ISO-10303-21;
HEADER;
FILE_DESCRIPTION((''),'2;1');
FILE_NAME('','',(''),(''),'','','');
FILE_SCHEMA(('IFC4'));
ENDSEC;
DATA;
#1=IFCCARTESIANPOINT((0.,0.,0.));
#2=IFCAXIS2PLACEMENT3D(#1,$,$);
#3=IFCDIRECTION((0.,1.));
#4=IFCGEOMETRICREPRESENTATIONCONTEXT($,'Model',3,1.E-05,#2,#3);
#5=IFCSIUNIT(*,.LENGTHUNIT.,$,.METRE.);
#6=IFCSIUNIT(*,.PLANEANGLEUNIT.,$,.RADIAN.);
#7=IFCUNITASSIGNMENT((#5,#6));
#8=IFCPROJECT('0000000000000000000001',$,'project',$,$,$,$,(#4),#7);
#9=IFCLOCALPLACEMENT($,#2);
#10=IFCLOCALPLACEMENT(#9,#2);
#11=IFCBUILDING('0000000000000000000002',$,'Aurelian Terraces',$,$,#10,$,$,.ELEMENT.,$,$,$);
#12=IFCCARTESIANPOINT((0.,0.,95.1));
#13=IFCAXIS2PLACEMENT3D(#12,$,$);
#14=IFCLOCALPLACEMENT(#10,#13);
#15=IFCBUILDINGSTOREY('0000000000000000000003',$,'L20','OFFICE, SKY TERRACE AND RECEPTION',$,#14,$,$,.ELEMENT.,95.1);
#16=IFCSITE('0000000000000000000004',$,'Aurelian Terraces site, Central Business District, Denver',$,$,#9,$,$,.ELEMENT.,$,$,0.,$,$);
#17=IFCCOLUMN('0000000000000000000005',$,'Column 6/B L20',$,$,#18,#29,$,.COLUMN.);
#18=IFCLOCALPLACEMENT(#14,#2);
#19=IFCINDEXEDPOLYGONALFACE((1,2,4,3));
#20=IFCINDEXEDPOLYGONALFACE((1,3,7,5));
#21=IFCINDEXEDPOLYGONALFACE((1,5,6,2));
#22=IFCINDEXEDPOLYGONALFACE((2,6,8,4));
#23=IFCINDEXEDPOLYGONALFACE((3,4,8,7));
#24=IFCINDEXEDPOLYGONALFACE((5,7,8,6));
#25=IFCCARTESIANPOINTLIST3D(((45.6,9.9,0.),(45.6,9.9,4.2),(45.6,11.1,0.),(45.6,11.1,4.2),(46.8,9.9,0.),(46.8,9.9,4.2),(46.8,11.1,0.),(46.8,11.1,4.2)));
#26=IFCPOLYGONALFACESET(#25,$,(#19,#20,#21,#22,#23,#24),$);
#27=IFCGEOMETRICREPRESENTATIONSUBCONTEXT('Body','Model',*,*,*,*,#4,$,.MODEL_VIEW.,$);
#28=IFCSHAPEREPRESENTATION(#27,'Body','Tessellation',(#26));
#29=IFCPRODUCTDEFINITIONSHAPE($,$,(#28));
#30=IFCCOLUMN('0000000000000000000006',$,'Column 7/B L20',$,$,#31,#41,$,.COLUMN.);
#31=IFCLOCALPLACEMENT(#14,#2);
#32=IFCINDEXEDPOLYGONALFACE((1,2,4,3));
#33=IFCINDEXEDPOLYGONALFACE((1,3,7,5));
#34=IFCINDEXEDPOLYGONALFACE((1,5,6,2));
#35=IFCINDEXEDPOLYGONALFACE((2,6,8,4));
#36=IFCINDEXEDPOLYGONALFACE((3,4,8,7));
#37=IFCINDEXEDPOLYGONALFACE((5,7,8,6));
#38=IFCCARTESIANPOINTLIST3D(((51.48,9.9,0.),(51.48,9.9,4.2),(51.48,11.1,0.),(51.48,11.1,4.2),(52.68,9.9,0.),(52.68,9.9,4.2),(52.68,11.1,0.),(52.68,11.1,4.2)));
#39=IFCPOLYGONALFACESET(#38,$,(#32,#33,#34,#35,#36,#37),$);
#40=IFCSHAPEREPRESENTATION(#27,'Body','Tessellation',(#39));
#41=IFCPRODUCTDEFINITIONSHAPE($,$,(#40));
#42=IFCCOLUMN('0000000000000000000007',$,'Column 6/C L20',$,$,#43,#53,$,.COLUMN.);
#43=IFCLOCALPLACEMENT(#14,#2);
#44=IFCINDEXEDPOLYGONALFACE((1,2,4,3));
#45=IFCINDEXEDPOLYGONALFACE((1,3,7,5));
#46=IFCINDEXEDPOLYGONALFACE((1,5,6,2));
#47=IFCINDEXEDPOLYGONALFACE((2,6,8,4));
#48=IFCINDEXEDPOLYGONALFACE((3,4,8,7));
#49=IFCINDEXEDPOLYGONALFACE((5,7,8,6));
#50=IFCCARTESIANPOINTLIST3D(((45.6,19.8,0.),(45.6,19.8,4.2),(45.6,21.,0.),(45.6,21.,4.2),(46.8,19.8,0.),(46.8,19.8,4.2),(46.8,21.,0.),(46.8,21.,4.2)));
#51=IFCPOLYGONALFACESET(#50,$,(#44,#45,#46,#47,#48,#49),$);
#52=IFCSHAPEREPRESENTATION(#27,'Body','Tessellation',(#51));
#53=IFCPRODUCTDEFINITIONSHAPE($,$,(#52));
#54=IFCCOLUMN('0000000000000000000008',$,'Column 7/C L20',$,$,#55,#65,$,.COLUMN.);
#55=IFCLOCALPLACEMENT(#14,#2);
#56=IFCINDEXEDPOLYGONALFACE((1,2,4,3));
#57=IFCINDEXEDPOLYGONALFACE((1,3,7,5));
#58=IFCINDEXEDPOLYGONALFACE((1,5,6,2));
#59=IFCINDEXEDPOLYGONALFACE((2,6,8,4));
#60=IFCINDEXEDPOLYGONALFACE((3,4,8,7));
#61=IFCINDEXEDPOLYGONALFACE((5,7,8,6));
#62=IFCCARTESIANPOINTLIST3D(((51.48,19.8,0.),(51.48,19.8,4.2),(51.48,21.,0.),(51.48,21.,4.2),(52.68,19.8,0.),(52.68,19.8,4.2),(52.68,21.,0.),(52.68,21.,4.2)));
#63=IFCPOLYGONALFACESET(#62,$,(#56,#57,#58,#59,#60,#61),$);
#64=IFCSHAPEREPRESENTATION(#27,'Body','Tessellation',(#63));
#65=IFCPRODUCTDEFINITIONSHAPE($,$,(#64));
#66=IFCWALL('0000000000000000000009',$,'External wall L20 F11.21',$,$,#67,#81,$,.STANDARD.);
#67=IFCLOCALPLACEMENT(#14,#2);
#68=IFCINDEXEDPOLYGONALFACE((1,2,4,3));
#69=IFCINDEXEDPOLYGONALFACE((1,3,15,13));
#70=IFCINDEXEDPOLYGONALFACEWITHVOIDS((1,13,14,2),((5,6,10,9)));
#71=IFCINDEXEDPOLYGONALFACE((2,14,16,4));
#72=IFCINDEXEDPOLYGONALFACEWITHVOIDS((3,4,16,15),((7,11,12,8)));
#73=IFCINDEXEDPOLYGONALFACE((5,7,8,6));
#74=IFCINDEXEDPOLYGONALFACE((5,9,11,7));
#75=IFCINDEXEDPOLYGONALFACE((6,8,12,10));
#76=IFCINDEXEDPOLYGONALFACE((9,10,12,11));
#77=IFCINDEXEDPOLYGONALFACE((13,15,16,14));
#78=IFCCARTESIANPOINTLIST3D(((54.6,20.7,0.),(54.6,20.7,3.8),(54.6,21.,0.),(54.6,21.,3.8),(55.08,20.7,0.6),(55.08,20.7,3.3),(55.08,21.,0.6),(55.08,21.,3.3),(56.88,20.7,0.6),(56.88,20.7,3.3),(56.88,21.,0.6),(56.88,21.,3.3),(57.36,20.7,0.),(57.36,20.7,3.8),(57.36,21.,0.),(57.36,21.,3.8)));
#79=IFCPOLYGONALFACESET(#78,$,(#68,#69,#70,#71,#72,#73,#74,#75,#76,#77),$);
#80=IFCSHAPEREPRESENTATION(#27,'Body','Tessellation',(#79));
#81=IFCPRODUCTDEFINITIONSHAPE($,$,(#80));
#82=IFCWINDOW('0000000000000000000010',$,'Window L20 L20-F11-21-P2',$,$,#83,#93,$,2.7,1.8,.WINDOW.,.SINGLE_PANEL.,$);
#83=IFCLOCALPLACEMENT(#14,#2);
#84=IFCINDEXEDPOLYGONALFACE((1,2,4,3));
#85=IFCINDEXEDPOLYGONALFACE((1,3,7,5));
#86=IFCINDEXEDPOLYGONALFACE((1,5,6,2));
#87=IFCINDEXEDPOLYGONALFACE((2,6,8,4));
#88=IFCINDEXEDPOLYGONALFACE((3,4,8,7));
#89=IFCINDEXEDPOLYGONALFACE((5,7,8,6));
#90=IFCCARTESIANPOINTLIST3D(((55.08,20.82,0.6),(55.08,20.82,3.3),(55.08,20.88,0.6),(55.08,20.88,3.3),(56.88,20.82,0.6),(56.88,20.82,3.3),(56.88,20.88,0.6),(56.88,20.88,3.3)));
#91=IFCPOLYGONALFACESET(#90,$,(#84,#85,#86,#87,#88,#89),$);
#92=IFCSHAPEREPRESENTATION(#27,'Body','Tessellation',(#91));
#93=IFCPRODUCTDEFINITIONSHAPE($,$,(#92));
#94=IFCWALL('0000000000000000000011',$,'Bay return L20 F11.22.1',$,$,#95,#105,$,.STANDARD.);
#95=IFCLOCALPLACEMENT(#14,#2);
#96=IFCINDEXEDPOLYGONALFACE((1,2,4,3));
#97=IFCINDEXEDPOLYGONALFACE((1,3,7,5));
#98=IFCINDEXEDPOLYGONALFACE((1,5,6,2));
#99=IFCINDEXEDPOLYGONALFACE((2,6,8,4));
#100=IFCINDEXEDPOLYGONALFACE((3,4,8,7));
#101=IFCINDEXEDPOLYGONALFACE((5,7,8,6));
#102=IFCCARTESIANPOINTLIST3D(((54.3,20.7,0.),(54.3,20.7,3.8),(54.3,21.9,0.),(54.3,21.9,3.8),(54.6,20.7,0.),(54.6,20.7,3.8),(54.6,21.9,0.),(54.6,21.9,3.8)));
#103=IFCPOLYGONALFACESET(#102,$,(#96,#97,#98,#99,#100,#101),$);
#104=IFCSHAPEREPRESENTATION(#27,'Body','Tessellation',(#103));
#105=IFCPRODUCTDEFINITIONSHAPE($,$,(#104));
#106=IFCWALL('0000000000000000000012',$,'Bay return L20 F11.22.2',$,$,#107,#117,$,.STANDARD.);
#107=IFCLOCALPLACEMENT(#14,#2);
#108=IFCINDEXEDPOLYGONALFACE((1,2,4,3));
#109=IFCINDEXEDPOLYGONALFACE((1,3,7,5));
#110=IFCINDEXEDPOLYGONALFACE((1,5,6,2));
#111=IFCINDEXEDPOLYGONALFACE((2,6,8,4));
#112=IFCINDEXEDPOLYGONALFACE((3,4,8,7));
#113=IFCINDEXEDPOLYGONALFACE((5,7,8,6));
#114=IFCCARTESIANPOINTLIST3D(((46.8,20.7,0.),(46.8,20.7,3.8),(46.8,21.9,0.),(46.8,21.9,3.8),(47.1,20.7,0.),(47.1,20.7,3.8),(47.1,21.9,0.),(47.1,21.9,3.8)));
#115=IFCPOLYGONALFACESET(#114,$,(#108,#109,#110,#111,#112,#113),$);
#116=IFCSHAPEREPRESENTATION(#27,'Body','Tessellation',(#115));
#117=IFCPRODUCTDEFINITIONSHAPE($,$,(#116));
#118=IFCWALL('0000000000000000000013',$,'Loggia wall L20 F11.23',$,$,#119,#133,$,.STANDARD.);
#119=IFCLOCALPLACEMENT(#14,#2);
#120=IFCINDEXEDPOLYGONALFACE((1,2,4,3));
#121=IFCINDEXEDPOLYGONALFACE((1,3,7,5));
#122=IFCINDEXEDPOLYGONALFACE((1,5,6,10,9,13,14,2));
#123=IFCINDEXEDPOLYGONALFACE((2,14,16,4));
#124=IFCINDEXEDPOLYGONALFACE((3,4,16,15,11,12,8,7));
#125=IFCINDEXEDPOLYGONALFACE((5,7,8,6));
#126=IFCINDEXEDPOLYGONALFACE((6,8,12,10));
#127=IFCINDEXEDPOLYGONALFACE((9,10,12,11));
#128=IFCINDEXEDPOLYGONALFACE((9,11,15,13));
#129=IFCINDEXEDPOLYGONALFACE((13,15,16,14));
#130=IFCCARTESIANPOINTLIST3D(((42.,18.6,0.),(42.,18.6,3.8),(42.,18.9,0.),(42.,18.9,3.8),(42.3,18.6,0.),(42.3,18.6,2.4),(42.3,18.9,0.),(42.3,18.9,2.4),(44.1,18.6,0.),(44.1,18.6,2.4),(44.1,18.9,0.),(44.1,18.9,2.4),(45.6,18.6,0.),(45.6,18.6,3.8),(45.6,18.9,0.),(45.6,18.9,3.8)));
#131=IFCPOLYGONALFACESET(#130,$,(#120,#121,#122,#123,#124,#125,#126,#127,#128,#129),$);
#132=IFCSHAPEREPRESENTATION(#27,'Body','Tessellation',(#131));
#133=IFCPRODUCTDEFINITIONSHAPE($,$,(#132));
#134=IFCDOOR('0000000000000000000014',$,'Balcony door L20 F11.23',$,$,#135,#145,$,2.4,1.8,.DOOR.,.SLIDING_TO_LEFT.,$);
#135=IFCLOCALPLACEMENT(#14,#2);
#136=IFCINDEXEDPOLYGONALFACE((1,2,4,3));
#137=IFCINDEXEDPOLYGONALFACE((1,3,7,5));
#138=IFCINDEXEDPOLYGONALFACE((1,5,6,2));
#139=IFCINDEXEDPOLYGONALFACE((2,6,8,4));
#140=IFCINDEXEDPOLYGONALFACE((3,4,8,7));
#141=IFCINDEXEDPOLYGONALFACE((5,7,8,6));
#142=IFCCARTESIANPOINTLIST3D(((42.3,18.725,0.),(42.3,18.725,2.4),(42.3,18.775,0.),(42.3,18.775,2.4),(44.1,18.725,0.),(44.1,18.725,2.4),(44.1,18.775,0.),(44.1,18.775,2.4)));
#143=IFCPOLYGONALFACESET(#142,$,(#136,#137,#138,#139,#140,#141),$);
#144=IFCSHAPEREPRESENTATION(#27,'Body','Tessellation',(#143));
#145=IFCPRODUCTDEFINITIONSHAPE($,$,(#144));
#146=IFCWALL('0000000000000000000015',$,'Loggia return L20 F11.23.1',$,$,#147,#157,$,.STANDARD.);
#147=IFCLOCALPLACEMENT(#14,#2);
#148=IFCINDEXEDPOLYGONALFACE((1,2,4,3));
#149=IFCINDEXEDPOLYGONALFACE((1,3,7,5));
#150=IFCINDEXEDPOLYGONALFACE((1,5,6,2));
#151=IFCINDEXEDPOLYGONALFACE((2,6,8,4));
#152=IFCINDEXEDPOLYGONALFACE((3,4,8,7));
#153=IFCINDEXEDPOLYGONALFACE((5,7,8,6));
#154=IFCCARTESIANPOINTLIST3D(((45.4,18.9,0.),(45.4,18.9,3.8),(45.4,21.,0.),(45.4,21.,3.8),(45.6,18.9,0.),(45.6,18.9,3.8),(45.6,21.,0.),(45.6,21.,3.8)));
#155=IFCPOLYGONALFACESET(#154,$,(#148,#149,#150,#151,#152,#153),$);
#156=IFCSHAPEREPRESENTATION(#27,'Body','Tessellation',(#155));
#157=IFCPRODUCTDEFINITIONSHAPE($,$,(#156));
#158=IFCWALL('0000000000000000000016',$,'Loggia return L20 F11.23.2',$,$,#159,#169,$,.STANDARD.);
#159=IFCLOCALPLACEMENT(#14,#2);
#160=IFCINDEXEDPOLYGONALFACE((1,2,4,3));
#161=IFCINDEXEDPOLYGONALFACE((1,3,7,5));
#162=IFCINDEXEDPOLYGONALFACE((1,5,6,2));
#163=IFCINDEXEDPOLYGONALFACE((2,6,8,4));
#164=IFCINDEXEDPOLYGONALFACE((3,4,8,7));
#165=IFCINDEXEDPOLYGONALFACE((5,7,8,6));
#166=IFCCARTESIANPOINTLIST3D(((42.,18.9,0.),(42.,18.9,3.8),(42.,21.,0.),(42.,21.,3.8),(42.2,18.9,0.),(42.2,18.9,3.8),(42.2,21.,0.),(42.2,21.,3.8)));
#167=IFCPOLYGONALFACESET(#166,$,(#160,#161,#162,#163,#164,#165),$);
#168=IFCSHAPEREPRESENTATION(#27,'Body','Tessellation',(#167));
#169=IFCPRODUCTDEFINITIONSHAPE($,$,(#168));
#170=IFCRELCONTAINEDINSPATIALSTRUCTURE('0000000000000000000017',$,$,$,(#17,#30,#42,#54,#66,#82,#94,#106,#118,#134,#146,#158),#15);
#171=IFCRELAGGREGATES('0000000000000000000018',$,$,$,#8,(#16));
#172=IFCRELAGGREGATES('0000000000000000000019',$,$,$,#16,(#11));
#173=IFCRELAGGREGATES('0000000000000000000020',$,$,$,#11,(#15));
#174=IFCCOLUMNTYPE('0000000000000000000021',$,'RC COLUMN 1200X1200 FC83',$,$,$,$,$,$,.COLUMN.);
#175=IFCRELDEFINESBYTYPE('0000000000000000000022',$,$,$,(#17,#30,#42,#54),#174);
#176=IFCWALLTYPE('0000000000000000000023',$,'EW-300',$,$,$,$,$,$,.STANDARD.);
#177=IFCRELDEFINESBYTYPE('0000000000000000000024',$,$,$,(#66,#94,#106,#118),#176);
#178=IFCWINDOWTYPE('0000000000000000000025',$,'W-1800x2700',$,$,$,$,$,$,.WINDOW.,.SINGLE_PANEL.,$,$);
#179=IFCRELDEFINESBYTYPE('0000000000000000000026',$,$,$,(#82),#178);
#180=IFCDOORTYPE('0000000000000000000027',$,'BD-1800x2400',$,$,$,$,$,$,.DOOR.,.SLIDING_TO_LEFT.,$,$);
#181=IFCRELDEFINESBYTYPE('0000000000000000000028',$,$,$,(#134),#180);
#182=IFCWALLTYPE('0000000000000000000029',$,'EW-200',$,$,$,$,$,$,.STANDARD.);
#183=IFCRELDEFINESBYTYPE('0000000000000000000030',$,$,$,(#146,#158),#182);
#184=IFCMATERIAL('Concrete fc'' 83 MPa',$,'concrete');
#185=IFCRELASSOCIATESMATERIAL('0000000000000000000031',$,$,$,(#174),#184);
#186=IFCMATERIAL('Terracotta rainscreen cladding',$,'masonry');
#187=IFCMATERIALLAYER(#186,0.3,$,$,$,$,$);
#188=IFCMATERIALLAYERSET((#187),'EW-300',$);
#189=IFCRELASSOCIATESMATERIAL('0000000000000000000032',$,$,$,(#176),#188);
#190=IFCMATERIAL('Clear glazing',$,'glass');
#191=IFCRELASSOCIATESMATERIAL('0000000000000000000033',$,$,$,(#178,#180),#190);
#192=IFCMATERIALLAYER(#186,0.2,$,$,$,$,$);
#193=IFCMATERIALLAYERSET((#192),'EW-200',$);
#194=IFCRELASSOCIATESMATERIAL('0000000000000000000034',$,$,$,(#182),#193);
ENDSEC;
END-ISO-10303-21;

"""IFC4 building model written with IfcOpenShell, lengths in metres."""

from ifc_helpers import new_model, si_unit, direction, frame, frame_2d, origin, origin_2d, place, context, subcontext, project, spatial, rectangle, extrude, source, transform, mapped, material, layer, layer_set, material_profile, profile_set, type_object, element, fill, save


model = new_model("IFC4")

# Units and contexts
model_context = context("Model", 3, precision=1e-05, world=origin(), true_north=direction((0.0, 1.0)))
body_context = subcontext(model_context, "Body", "Model", "MODEL_VIEW")
ifc_project = project(units=[si_unit("LENGTHUNIT", "METRE"), si_unit("PLANEANGLEUNIT", "RADIAN")], contexts=[model_context])

# Site, building, storey
site_placement = place(None, origin())
site = spatial("IfcSite", under=ifc_project, at=site_placement, Name="Aurelian Terraces site, Central Business District, Denver", CompositionType="ELEMENT", RefElevation=0.0)
building_placement = place(site_placement, origin())
building = spatial("IfcBuilding", under=site, at=building_placement, Name="Aurelian Terraces", CompositionType="ELEMENT")
storey_placement = place(building_placement, frame((0.0, 0.0, 95.1)))
storey = spatial("IfcBuildingStorey", under=building, at=storey_placement, Name="L20", Description="OFFICE, SKY TERRACE AND RECEPTION", CompositionType="ELEMENT", Elevation=95.1)

# Columns
ifc_material_1 = material(Name="Concrete fc' 83 MPa", Category="concrete")
ifc_material_profile = material_profile(ifc_material_1, rectangle(XDim=1.2, YDim=1.2, at=origin_2d()))
ifc_profile_set = profile_set([ifc_material_profile], Name="Concrete fc' 83 MPa")
column_type = type_object("IfcColumnType", Name="RC COLUMN 1200X1200 FC83", PredefinedType="COLUMN", material=ifc_profile_set)
shared_shape_1 = source(origin(), body_context, "Body", "SweptSolid", [
    extrude(rectangle(XDim=1.2, YDim=1.2, at=origin_2d()), origin(), (0.0, 0.0, 1.0), 4.2),
])
for number, where, z_axis, x_axis, name in (
    (1, (46.2, 10.5, 0.0), (0.0, 0.0, 1.0), (1.0, 0.0, 0.0), "Column 6/B L20"),
    (2, (52.08, 10.5, 0.0), (0.0, 0.0, 1.0), (1.0, 0.0, 0.0), "Column 7/B L20"),
    (3, (46.2, 20.4, 0.0), (0.0, 0.0, 1.0), (1.0, 0.0, 0.0), "Column 6/C L20"),
    (4, (52.08, 20.4, 0.0), (0.0, 0.0, 1.0), (1.0, 0.0, 0.0), "Column 7/C L20"),
):
    element("IfcColumn", number, at=place(storey_placement, frame(where, z_axis=z_axis, x_axis=x_axis)), inside=storey, type_object=column_type, Name=name, PredefinedType="COLUMN", context=body_context, shape_type="MappedRepresentation", body=[
        mapped(shared_shape_1, transform((0.0, 0.0, 0.0), scale=1.0)),
    ])

# Wall, opening, window
ifc_material_2 = material(Name="Terracotta rainscreen cladding", Category="masonry")
ifc_layer_1 = layer(ifc_material_2, 0.3)
ifc_layer_set_1 = layer_set([ifc_layer_1], Name="EW-300")
wall_type_1 = type_object("IfcWallType", Name="EW-300", PredefinedType="STANDARD", material=ifc_layer_set_1)
shared_shape_2 = source(origin(), body_context, "Body", "SweptSolid", [
    extrude(rectangle(XDim=2.76, YDim=0.3, at=frame_2d((1.38, 0.0))), origin(), (0.0, 0.0, 1.0), 3.8),
])
wall_1_placement = place(storey_placement, frame((57.36, 20.85, 0.0), z_axis=(0.0, 0.0, 1.0), x_axis=(-1.0, 0.0, 0.0)))
wall_1 = element("IfcWall", 5, at=wall_1_placement, inside=storey, type_object=wall_type_1, Name="External wall L20 F11.21", PredefinedType="STANDARD", context=body_context, shape_type="MappedRepresentation", body=[
    mapped(shared_shape_2, transform((0.0, 0.0, 0.0), scale=1.0)),
])
shared_shape_3 = source(origin(), body_context, "Body", "SweptSolid", [
    extrude(rectangle(XDim=1.8, YDim=2.7, at=frame_2d((0.9, 1.35))), frame((0.0, 0.16, 0.0), z_axis=(0.0, -1.0, 0.0), x_axis=(1.0, 0.0, 0.0)), (0.0, 0.0, 1.0), 0.32),
])
opening_1_placement = place(wall_1_placement, frame((0.48, 0.0, 0.6)))
opening_1 = element("IfcOpeningElement", 6, at=opening_1_placement, cuts=wall_1, PredefinedType="OPENING", context=body_context, shape_type="MappedRepresentation", body=[
    mapped(shared_shape_3, transform((0.0, 0.0, 0.0), scale=1.0)),
])
ifc_material_3 = material(Name="Clear glazing", Category="glass")
window_type_1 = type_object("IfcWindowType", Name="W-1800x2700", PartitioningType="SINGLE_PANEL", PredefinedType="WINDOW", material=ifc_material_3)
shared_shape_4 = source(origin(), body_context, "Body", "SweptSolid", [
    extrude(rectangle(XDim=1.8, YDim=2.7, at=frame_2d((0.9, 1.35))), frame((0.0, 0.03, 0.0), z_axis=(0.0, -1.0, 0.0), x_axis=(1.0, 0.0, 0.0)), (0.0, 0.0, 1.0), 0.06),
])
window_1_placement = place(opening_1_placement, origin())
window_1 = element("IfcWindow", 7, at=window_1_placement, inside=storey, type_object=window_type_1, Name="Window L20 L20-F11-21-P2", OverallHeight=2.7, OverallWidth=1.8, PartitioningType="SINGLE_PANEL", PredefinedType="WINDOW", context=body_context, shape_type="MappedRepresentation", body=[
    mapped(shared_shape_4, transform((0.0, 0.0, 0.0), scale=1.0)),
])
fill(opening_1, window_1)

# Walls
shared_shape_5 = source(origin(), body_context, "Body", "SweptSolid", [
    extrude(rectangle(XDim=1.2, YDim=0.3, at=frame_2d((0.6, 0.0))), origin(), (0.0, 0.0, 1.0), 3.8),
])
for number, where, z_axis, x_axis, name in (
    (8, (54.45, 20.7, 0.0), (0.0, 0.0, 1.0), (0.0, 1.0, 0.0), "Bay return L20 F11.22.1"),
    (9, (46.95, 20.7, 0.0), (0.0, 0.0, 1.0), (0.0, 1.0, 0.0), "Bay return L20 F11.22.2"),
):
    element("IfcWall", number, at=place(storey_placement, frame(where, z_axis=z_axis, x_axis=x_axis)), inside=storey, type_object=wall_type_1, Name=name, PredefinedType="STANDARD", context=body_context, shape_type="MappedRepresentation", body=[
        mapped(shared_shape_5, transform((0.0, 0.0, 0.0), scale=1.0)),
    ])

# Wall, opening, door
shared_shape_6 = source(origin(), body_context, "Body", "SweptSolid", [
    extrude(rectangle(XDim=3.6, YDim=0.3, at=frame_2d((1.8, 0.0))), origin(), (0.0, 0.0, 1.0), 3.8),
])
wall_2_placement = place(storey_placement, frame((45.6, 18.75, 0.0), z_axis=(0.0, 0.0, 1.0), x_axis=(-1.0, 0.0, 0.0)))
wall_2 = element("IfcWall", 10, at=wall_2_placement, inside=storey, type_object=wall_type_1, Name="Loggia wall L20 F11.23", PredefinedType="STANDARD", context=body_context, shape_type="MappedRepresentation", body=[
    mapped(shared_shape_6, transform((0.0, 0.0, 0.0), scale=1.0)),
])
shared_shape_7 = source(origin(), body_context, "Body", "SweptSolid", [
    extrude(rectangle(XDim=1.8, YDim=2.4, at=frame_2d((0.9, 1.2))), frame((0.0, 0.16, 0.0), z_axis=(0.0, -1.0, 0.0), x_axis=(1.0, 0.0, 0.0)), (0.0, 0.0, 1.0), 0.32),
])
opening_2_placement = place(wall_2_placement, frame((1.5, 0.0, 0.0)))
opening_2 = element("IfcOpeningElement", 11, at=opening_2_placement, cuts=wall_2, PredefinedType="OPENING", context=body_context, shape_type="MappedRepresentation", body=[
    mapped(shared_shape_7, transform((0.0, 0.0, 0.0), scale=1.0)),
])
door_type_1 = type_object("IfcDoorType", Name="BD-1800x2400", OperationType="SLIDING_TO_LEFT", PredefinedType="DOOR", material=ifc_material_3)
shared_shape_8 = source(origin(), body_context, "Body", "SweptSolid", [
    extrude(rectangle(XDim=1.8, YDim=2.4, at=frame_2d((0.9, 1.2))), frame((0.0, 0.025, 0.0), z_axis=(0.0, -1.0, 0.0), x_axis=(1.0, 0.0, 0.0)), (0.0, 0.0, 1.0), 0.05),
])
door_1_placement = place(opening_2_placement, origin())
door_1 = element("IfcDoor", 12, at=door_1_placement, inside=storey, type_object=door_type_1, Name="Balcony door L20 F11.23", OperationType="SLIDING_TO_LEFT", OverallHeight=2.4, OverallWidth=1.8, PredefinedType="DOOR", context=body_context, shape_type="MappedRepresentation", body=[
    mapped(shared_shape_8, transform((0.0, 0.0, 0.0), scale=1.0)),
])
fill(opening_2, door_1)

# Walls
ifc_layer_2 = layer(ifc_material_2, 0.2)
ifc_layer_set_2 = layer_set([ifc_layer_2], Name="EW-200")
wall_type_2 = type_object("IfcWallType", Name="EW-200", PredefinedType="STANDARD", material=ifc_layer_set_2)
shared_shape_9 = source(origin(), body_context, "Body", "SweptSolid", [
    extrude(rectangle(XDim=2.1, YDim=0.2, at=frame_2d((1.05, 0.0))), origin(), (0.0, 0.0, 1.0), 3.8),
])
for number, where, z_axis, x_axis, name in (
    (13, (45.5, 21.0, 0.0), (0.0, 0.0, 1.0), (0.0, -1.0, 0.0), "Loggia return L20 F11.23.1"),
    (14, (42.1, 21.0, 0.0), (0.0, 0.0, 1.0), (0.0, -1.0, 0.0), "Loggia return L20 F11.23.2"),
):
    element("IfcWall", number, at=place(storey_placement, frame(where, z_axis=z_axis, x_axis=x_axis)), inside=storey, type_object=wall_type_2, Name=name, PredefinedType="STANDARD", context=body_context, shape_type="MappedRepresentation", body=[
        mapped(shared_shape_9, transform((0.0, 0.0, 0.0), scale=1.0)),
    ])

save(model, "model.ifc")
